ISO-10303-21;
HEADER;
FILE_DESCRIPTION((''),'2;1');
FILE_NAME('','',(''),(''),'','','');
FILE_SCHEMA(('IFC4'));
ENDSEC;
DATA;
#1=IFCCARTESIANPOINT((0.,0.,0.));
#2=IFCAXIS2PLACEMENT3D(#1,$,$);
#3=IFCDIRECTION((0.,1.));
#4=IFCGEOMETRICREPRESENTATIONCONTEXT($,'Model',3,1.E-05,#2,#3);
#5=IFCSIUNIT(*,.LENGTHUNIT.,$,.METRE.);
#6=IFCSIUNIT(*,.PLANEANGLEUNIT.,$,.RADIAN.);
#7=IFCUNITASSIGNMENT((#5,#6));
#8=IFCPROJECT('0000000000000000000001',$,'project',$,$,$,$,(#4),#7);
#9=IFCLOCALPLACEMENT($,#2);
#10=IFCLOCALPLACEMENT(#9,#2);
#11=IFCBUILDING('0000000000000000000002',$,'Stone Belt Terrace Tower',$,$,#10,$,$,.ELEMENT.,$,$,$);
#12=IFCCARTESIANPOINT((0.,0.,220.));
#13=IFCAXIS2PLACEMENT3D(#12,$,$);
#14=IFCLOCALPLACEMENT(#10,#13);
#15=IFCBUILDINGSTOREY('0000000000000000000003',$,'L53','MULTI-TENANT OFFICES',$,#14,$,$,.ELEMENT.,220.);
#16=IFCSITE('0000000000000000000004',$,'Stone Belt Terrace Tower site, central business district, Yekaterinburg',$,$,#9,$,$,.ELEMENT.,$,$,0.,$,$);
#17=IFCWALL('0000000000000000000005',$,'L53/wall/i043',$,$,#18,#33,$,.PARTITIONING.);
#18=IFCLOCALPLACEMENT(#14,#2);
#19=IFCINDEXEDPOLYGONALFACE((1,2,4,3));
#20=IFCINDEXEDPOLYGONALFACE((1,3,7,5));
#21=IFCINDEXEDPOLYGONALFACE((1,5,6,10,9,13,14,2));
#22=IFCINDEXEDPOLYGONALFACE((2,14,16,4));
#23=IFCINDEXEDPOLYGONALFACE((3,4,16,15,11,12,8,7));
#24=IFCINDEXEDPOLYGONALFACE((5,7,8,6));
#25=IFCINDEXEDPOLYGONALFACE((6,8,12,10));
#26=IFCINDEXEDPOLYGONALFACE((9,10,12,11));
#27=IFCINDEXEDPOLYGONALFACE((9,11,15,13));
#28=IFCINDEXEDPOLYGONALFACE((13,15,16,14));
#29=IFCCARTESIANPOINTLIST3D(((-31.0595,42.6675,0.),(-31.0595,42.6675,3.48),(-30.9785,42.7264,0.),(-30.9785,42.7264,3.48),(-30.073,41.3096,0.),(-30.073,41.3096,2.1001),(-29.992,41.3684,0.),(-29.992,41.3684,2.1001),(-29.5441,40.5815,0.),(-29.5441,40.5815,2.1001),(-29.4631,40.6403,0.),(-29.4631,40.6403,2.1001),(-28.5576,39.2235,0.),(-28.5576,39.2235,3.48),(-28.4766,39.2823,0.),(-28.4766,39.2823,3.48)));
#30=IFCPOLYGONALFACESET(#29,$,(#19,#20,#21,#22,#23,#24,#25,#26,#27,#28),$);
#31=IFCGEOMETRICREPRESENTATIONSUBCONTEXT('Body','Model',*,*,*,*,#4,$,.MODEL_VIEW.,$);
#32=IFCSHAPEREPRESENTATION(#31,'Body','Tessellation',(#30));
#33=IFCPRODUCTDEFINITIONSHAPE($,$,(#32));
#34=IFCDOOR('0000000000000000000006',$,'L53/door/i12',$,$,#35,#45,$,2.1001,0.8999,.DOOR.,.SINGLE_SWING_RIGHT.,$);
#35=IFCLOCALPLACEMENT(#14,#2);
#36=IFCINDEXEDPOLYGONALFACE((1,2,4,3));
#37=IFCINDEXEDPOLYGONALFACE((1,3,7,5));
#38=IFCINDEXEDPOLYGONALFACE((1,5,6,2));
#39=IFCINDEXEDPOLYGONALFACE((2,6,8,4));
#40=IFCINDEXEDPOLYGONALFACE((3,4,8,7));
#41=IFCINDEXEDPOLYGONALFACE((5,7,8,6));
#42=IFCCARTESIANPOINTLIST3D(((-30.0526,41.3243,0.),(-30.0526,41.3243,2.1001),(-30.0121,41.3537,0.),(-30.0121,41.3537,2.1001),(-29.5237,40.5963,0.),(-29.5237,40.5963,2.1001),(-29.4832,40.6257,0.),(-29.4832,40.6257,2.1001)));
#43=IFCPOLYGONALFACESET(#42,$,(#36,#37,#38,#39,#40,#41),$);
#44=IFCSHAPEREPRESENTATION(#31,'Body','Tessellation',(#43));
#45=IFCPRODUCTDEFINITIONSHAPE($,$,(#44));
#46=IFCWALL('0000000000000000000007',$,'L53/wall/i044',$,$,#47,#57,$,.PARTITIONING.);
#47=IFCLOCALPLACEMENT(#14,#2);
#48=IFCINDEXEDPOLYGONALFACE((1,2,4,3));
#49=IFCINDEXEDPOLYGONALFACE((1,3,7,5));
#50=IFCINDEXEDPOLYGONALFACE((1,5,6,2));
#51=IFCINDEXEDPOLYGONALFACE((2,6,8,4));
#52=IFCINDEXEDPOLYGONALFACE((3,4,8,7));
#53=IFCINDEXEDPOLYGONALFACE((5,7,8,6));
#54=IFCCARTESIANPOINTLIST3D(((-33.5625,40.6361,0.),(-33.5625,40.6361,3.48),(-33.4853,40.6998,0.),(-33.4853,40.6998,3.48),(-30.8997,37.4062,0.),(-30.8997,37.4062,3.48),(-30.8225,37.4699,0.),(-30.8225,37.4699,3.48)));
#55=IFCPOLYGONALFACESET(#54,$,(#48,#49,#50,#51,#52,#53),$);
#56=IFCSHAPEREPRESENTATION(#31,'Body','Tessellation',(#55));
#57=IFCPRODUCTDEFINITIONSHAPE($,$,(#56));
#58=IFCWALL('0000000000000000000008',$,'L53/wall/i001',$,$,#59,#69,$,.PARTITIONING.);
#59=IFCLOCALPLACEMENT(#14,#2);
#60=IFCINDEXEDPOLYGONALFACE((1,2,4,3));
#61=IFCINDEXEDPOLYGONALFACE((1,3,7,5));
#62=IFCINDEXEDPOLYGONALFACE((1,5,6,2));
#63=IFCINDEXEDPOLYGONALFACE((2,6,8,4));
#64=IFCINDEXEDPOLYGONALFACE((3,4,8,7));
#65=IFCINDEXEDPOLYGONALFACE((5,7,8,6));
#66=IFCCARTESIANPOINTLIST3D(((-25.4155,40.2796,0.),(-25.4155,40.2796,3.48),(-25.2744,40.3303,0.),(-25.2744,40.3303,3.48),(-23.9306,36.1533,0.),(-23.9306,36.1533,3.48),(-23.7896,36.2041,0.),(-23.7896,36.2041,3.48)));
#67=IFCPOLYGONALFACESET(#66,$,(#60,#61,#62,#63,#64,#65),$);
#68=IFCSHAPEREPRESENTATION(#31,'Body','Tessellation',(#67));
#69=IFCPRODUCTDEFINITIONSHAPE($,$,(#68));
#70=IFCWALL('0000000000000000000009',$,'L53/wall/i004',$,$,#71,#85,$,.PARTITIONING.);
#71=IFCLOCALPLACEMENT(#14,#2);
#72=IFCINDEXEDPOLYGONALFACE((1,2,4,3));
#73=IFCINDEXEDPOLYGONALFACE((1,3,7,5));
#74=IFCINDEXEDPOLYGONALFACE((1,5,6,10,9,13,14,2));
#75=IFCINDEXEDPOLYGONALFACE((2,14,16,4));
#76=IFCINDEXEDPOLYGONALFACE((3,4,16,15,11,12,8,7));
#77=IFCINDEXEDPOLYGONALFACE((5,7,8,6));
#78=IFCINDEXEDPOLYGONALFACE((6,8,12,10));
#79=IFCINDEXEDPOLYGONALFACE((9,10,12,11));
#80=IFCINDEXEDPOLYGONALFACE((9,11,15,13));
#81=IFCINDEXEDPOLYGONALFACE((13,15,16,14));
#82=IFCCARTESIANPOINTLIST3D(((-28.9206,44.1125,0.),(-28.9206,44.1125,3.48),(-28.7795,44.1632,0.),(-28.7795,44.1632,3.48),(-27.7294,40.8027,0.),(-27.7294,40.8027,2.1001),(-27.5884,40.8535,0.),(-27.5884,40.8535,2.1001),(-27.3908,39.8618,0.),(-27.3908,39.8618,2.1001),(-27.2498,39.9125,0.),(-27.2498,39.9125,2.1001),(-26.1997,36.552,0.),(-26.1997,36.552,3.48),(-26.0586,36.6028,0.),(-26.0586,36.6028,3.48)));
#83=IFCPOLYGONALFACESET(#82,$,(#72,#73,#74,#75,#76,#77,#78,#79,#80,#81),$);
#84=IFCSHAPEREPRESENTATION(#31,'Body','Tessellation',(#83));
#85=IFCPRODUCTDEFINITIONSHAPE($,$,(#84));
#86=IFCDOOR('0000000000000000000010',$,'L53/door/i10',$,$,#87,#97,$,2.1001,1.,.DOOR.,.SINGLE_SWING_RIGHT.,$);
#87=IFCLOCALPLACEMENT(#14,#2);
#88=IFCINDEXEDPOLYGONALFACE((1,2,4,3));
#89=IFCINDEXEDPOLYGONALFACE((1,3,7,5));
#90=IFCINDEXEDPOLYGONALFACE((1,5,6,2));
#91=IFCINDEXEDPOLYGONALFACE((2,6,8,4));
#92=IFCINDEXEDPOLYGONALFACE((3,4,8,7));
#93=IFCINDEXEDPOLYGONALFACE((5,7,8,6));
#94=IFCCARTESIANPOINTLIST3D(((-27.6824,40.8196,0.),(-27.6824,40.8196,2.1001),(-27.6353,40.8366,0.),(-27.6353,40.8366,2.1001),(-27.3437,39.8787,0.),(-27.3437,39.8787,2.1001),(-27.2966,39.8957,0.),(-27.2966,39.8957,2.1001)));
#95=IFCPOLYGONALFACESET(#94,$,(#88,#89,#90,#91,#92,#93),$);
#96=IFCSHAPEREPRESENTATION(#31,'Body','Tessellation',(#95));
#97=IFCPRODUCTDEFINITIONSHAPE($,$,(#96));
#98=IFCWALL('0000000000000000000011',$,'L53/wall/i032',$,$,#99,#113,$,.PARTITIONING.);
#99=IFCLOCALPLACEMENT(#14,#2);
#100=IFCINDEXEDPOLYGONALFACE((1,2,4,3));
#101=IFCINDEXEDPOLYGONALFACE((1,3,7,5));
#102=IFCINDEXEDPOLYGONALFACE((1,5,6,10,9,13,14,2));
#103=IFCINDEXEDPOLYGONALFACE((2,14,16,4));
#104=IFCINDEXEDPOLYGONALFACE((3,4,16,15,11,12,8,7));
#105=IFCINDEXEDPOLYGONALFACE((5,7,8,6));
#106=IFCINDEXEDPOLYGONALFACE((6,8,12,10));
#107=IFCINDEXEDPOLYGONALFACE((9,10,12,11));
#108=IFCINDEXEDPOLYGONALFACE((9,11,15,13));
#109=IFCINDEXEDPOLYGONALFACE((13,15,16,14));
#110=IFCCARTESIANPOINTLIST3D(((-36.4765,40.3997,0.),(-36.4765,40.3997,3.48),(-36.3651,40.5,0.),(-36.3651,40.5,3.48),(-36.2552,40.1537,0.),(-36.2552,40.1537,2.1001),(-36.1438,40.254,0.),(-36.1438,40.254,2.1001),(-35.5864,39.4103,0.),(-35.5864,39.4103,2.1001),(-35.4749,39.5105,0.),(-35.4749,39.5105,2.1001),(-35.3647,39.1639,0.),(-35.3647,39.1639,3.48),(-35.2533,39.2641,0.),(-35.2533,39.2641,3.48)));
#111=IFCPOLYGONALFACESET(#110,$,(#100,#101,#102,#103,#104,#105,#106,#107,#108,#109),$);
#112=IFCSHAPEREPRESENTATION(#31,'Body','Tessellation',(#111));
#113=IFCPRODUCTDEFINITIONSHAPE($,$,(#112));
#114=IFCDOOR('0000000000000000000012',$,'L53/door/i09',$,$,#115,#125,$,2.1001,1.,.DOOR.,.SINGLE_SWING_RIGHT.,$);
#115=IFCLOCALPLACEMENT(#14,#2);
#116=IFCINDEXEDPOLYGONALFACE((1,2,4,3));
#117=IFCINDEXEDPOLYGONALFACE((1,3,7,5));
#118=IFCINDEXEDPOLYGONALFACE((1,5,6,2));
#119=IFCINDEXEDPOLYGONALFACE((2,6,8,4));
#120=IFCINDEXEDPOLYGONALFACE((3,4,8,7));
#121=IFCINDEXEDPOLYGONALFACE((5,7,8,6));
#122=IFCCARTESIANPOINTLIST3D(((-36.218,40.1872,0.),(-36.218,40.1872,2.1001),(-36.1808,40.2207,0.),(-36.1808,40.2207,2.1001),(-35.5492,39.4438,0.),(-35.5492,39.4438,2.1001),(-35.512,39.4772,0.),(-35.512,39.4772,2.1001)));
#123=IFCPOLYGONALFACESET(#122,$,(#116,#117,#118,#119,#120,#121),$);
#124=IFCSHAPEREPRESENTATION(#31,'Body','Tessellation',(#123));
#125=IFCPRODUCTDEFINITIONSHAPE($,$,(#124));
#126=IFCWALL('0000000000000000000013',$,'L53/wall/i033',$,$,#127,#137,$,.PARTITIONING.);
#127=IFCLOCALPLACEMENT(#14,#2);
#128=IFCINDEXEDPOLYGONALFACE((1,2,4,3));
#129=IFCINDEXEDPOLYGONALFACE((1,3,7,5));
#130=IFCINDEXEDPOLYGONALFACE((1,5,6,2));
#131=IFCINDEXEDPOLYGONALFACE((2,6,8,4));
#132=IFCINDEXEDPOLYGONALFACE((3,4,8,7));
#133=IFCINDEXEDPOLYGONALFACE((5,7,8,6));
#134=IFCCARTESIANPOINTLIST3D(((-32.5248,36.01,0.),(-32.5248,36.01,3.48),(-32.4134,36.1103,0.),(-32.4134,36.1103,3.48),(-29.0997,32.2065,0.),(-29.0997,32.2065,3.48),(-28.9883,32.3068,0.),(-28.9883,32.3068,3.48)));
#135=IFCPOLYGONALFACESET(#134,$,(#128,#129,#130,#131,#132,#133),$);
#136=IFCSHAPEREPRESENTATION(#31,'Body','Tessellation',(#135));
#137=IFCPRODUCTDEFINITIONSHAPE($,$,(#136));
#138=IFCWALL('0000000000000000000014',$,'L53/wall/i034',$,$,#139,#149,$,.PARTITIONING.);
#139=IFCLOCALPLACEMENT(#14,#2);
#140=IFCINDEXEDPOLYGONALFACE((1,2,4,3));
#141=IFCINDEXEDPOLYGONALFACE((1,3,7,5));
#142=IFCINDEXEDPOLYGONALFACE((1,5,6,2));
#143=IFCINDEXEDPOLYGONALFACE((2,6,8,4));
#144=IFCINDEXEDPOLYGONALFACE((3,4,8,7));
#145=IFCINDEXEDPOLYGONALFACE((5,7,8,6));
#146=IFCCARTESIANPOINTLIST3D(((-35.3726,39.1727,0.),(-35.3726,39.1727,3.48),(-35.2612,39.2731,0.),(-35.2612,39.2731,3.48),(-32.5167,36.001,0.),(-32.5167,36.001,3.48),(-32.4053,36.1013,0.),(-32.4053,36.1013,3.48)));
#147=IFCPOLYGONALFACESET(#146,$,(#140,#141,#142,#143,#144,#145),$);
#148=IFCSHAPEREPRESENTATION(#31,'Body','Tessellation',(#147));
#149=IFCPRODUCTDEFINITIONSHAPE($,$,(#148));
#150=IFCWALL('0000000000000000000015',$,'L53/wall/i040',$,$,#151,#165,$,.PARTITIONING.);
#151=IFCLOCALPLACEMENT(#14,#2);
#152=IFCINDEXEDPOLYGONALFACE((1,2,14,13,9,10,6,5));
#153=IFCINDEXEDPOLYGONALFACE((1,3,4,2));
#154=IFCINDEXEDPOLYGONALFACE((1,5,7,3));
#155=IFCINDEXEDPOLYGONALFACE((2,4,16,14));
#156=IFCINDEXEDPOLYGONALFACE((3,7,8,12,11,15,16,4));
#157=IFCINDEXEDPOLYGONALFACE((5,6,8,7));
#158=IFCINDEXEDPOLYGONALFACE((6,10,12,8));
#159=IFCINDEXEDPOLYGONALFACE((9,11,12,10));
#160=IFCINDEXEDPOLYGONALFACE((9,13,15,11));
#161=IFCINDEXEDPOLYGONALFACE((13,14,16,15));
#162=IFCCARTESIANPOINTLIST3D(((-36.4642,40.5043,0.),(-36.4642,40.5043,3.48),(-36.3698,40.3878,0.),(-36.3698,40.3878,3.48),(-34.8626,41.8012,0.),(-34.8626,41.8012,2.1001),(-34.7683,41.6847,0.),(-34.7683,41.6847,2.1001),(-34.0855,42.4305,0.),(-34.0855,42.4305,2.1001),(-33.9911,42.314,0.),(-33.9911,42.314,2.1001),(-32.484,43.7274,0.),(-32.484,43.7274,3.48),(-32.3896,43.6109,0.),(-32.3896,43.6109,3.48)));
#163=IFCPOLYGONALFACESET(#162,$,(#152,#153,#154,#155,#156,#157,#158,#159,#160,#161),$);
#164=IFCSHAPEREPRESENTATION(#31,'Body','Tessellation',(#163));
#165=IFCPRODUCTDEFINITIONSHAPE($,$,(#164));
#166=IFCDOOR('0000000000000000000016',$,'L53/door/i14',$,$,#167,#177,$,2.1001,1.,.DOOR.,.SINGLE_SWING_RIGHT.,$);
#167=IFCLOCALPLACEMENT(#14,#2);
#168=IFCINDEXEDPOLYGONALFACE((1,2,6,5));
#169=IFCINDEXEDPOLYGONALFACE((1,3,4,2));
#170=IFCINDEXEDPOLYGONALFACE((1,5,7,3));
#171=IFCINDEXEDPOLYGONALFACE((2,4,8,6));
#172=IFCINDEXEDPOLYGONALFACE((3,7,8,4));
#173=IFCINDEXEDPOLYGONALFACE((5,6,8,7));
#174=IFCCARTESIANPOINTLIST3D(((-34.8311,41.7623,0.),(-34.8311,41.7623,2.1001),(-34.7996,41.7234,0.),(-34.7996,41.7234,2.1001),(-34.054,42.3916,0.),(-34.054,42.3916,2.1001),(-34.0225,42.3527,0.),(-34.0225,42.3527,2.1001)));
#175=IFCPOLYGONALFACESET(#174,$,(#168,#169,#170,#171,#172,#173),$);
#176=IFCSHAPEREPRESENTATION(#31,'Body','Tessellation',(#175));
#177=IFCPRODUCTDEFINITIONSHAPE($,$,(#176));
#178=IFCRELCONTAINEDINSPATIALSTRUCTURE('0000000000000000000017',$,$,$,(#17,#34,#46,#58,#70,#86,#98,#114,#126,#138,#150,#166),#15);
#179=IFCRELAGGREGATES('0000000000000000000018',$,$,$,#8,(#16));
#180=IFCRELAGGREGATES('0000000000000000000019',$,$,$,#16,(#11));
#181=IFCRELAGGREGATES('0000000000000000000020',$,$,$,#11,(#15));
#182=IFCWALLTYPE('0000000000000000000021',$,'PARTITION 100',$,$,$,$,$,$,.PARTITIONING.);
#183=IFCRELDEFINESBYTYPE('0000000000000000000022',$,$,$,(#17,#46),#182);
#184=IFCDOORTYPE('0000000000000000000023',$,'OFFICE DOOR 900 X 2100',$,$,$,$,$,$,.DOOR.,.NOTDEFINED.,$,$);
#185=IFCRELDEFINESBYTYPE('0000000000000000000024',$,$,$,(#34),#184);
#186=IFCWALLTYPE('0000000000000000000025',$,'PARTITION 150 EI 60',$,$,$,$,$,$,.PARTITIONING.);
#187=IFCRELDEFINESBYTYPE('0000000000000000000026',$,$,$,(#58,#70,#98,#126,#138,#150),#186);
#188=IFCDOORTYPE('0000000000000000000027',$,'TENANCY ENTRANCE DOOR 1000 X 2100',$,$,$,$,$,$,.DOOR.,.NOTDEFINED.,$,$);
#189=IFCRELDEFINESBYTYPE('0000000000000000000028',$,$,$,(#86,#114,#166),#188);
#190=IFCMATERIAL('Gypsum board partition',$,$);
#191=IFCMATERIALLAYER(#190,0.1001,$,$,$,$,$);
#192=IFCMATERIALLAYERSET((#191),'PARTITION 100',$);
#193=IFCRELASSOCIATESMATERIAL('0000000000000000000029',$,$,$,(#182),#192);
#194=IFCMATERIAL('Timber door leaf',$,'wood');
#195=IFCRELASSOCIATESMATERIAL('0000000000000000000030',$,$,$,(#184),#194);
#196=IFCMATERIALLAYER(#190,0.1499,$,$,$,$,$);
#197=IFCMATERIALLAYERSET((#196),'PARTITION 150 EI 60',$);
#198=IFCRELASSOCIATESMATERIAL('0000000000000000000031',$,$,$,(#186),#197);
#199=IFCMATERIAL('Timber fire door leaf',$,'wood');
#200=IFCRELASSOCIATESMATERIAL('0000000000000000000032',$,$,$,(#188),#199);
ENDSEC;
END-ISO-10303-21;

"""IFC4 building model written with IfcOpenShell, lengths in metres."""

from ifc_helpers import new_model, si_unit, direction, frame, frame_2d, origin, place, context, subcontext, project, spatial, rectangle, extrude, material, layer, layer_set, type_object, element, fill, save


model = new_model("IFC4")

# Units and contexts
model_context = context("Model", 3, precision=1e-05, world=origin(), true_north=direction((0.0, 1.0)))
body_context = subcontext(model_context, "Body", "Model", "MODEL_VIEW")
ifc_project = project(units=[si_unit("LENGTHUNIT", "METRE"), si_unit("PLANEANGLEUNIT", "RADIAN")], contexts=[model_context])

# Site, building, storey
site_placement = place(None, origin())
site = spatial("IfcSite", under=ifc_project, at=site_placement, Name="Stone Belt Terrace Tower site, central business district, Yekaterinburg", CompositionType="ELEMENT", RefElevation=0.0)
building_placement = place(site_placement, origin())
building = spatial("IfcBuilding", under=site, at=building_placement, Name="Stone Belt Terrace Tower", CompositionType="ELEMENT")
storey_placement = place(building_placement, frame((0.0, 0.0, 220.0)))
storey = spatial("IfcBuildingStorey", under=building, at=storey_placement, Name="L53", Description="MULTI-TENANT OFFICES", CompositionType="ELEMENT", Elevation=220.0)

# Shared definitions
ifc_material_1 = material(Name="Gypsum board partition")
ifc_layer_1 = layer(ifc_material_1, 0.1001)
ifc_layer_set_1 = layer_set([ifc_layer_1], Name="PARTITION 100")
wall_type_1 = type_object("IfcWallType", Name="PARTITION 100", PredefinedType="PARTITIONING", material=ifc_layer_set_1)
ifc_material_2 = material(Name="Timber door leaf", Category="wood")
door_type_1 = type_object("IfcDoorType", Name="OFFICE DOOR 900 X 2100", OperationType="NOTDEFINED", PredefinedType="DOOR", material=ifc_material_2)

# Wall, opening, door
wall_1_placement = place(storey_placement, frame((-28.5171, 39.2529, 0.0), z_axis=(0.0, 0.0, 1.0), x_axis=(-0.587735, 0.809053, 0.0)))
wall_1 = element("IfcWall", 1, at=wall_1_placement, inside=storey, type_object=wall_type_1, Name="L53/wall/i043", PredefinedType="PARTITIONING", context=body_context, shape_type="SweptSolid", body=[
    extrude(rectangle(XDim=4.2568, YDim=0.1001, at=frame_2d((2.1284, 0.0))), origin(), (0.0, 0.0, 1.0), 3.48),
])
opening_1_placement = place(wall_1_placement, frame((1.6785, 0.0, 0.0)))
opening_1 = element("IfcOpeningElement", 2, at=opening_1_placement, cuts=wall_1, PredefinedType="OPENING", context=body_context, shape_type="SweptSolid", body=[
    extrude(rectangle(XDim=0.8999, YDim=2.1001, at=frame_2d((0.45, 1.05))), frame((0.0, 0.0601, 0.0), z_axis=(0.0, -1.0, 0.0), x_axis=(1.0, 0.0, 0.0)), (0.0, 0.0, 1.0), 0.1201),
])
door_1_placement = place(opening_1_placement, origin())
door_1 = element("IfcDoor", 3, at=door_1_placement, inside=storey, type_object=door_type_1, Name="L53/door/i12", OperationType="SINGLE_SWING_RIGHT", OverallHeight=2.1001, OverallWidth=0.8999, PredefinedType="DOOR", context=body_context, shape_type="SweptSolid", body=[
    extrude(rectangle(XDim=0.8999, YDim=2.1001, at=frame_2d((0.45, 1.05))), frame((0.0, 0.0249, 0.0), z_axis=(0.0, -1.0, 0.0), x_axis=(1.0, 0.0, 0.0)), (0.0, 0.0, 1.0), 0.05),
])
fill(opening_1, door_1)

# Walls
wall_2_placement = place(storey_placement, frame((-33.5239, 40.668, 0.0), z_axis=(0.0, 0.0, 1.0), x_axis=(0.636114, -0.771595, 0.0)))
element("IfcWall", 4, at=wall_2_placement, inside=storey, type_object=wall_type_1, Name="L53/wall/i044", PredefinedType="PARTITIONING", context=body_context, shape_type="SweptSolid", body=[
    extrude(rectangle(XDim=4.186, YDim=0.1001, at=frame_2d((2.093, 0.0))), origin(), (0.0, 0.0, 1.0), 3.48),
])
ifc_layer_2 = layer(ifc_material_1, 0.1499)
ifc_layer_set_2 = layer_set([ifc_layer_2], Name="PARTITION 150 EI 60")
wall_type_2 = type_object("IfcWallType", Name="PARTITION 150 EI 60", PredefinedType="PARTITIONING", material=ifc_layer_set_2)
wall_3_placement = place(storey_placement, frame((-25.345, 40.3049, 0.0), z_axis=(0.0, 0.0, 1.0), x_axis=(0.338603, -0.940929, 0.0)))
element("IfcWall", 5, at=wall_3_placement, inside=storey, type_object=wall_type_2, Name="L53/wall/i001", PredefinedType="PARTITIONING", context=body_context, shape_type="SweptSolid", body=[
    extrude(rectangle(XDim=4.3853, YDim=0.1499, at=frame_2d((2.1926, 0.0))), origin(), (0.0, 0.0, 1.0), 3.48),
])

# Walls, openings, doors
wall_4_placement = place(storey_placement, frame((-26.1292, 36.5774, 0.0), z_axis=(0.0, 0.0, 1.0), x_axis=(-0.338626, 0.940921, 0.0)))
wall_4 = element("IfcWall", 6, at=wall_4_placement, inside=storey, type_object=wall_type_2, Name="L53/wall/i004", PredefinedType="PARTITIONING", context=body_context, shape_type="SweptSolid", body=[
    extrude(rectangle(XDim=8.0352, YDim=0.1499, at=frame_2d((4.0176, 0.0))), origin(), (0.0, 0.0, 1.0), 3.48),
])
opening_2_placement = place(wall_4_placement, frame((3.5176, 0.0, 0.0)))
opening_2 = element("IfcOpeningElement", 7, at=opening_2_placement, cuts=wall_4, PredefinedType="OPENING", context=body_context, shape_type="SweptSolid", body=[
    extrude(rectangle(XDim=1.0, YDim=2.1001, at=frame_2d((0.5, 1.05))), frame((0.0, 0.085, 0.0), z_axis=(0.0, -1.0, 0.0), x_axis=(1.0, 0.0, 0.0)), (0.0, 0.0, 1.0), 0.1699),
])
ifc_material_3 = material(Name="Timber fire door leaf", Category="wood")
door_type_2 = type_object("IfcDoorType", Name="TENANCY ENTRANCE DOOR 1000 X 2100", OperationType="NOTDEFINED", PredefinedType="DOOR", material=ifc_material_3)
door_2_placement = place(opening_2_placement, origin())
door_2 = element("IfcDoor", 8, at=door_2_placement, inside=storey, type_object=door_type_2, Name="L53/door/i10", OperationType="SINGLE_SWING_RIGHT", OverallHeight=2.1001, OverallWidth=1.0, PredefinedType="DOOR", context=body_context, shape_type="SweptSolid", body=[
    extrude(rectangle(XDim=1.0, YDim=2.1001, at=frame_2d((0.5, 1.05))), frame((0.0, 0.0249, 0.0), z_axis=(0.0, -1.0, 0.0), x_axis=(1.0, 0.0, 0.0)), (0.0, 0.0, 1.0), 0.05),
])
fill(opening_2, door_2)
wall_5_placement = place(storey_placement, frame((-35.3091, 39.2141, 0.0), z_axis=(0.0, 0.0, 1.0), x_axis=(-0.668819, 0.743426, 0.0)))
wall_5 = element("IfcWall", 9, at=wall_5_placement, inside=storey, type_object=wall_type_2, Name="L53/wall/i032", PredefinedType="PARTITIONING", context=body_context, shape_type="SweptSolid", body=[
    extrude(rectangle(XDim=1.6624, YDim=0.1499, at=frame_2d((0.8311, 0.0))), origin(), (0.0, 0.0, 1.0), 3.48),
])
opening_3_placement = place(wall_5_placement, frame((0.3313, 0.0, 0.0)))
opening_3 = element("IfcOpeningElement", 10, at=opening_3_placement, cuts=wall_5, PredefinedType="OPENING", context=body_context, shape_type="SweptSolid", body=[
    extrude(rectangle(XDim=1.0, YDim=2.1001, at=frame_2d((0.5, 1.05))), frame((0.0, 0.085, 0.0), z_axis=(0.0, -1.0, 0.0), x_axis=(1.0, 0.0, 0.0)), (0.0, 0.0, 1.0), 0.1699),
])
door_3_placement = place(opening_3_placement, origin())
door_3 = element("IfcDoor", 11, at=door_3_placement, inside=storey, type_object=door_type_2, Name="L53/door/i09", OperationType="SINGLE_SWING_RIGHT", OverallHeight=2.1001, OverallWidth=1.0, PredefinedType="DOOR", context=body_context, shape_type="SweptSolid", body=[
    extrude(rectangle(XDim=1.0, YDim=2.1001, at=frame_2d((0.5, 1.05))), frame((0.0, 0.0249, 0.0), z_axis=(0.0, -1.0, 0.0), x_axis=(1.0, 0.0, 0.0)), (0.0, 0.0, 1.0), 0.05),
])
fill(opening_3, door_3)

# Walls
wall_6_placement = place(storey_placement, frame((-32.469, 36.0601, 0.0), z_axis=(0.0, 0.0, 1.0), x_axis=(0.669173, -0.743107, 0.0)))
element("IfcWall", 12, at=wall_6_placement, inside=storey, type_object=wall_type_2, Name="L53/wall/i033", PredefinedType="PARTITIONING", context=body_context, shape_type="SweptSolid", body=[
    extrude(rectangle(XDim=5.1184, YDim=0.1499, at=frame_2d((2.5591, 0.0))), origin(), (0.0, 0.0, 1.0), 3.48),
])
wall_7_placement = place(storey_placement, frame((-35.3169, 39.2229, 0.0), z_axis=(0.0, 0.0, 1.0), x_axis=(0.669129, -0.743146, 0.0)))
element("IfcWall", 13, at=wall_7_placement, inside=storey, type_object=wall_type_2, Name="L53/wall/i034", PredefinedType="PARTITIONING", context=body_context, shape_type="SweptSolid", body=[
    extrude(rectangle(XDim=4.2681, YDim=0.1499, at=frame_2d((2.134, 0.0))), origin(), (0.0, 0.0, 1.0), 3.48),
])

# Wall, opening, door
wall_8_placement = place(storey_placement, frame((-36.417, 40.446, 0.0), z_axis=(0.0, 0.0, 1.0), x_axis=(0.777144, 0.629323, 0.0)))
wall_8 = element("IfcWall", 14, at=wall_8_placement, inside=storey, type_object=wall_type_2, Name="L53/wall/i040", PredefinedType="PARTITIONING", context=body_context, shape_type="SweptSolid", body=[
    extrude(rectangle(XDim=5.1216, YDim=0.1499, at=frame_2d((2.5608, 0.0))), origin(), (0.0, 0.0, 1.0), 3.48),
])
opening_4_placement = place(wall_8_placement, frame((2.0608, 0.0, 0.0)))
opening_4 = element("IfcOpeningElement", 15, at=opening_4_placement, cuts=wall_8, PredefinedType="OPENING", context=body_context, shape_type="SweptSolid", body=[
    extrude(rectangle(XDim=1.0, YDim=2.1001, at=frame_2d((0.5, 1.05))), frame((0.0, 0.085, 0.0), z_axis=(0.0, -1.0, 0.0), x_axis=(1.0, 0.0, 0.0)), (0.0, 0.0, 1.0), 0.1699),
])
door_4_placement = place(opening_4_placement, origin())
door_4 = element("IfcDoor", 16, at=door_4_placement, inside=storey, type_object=door_type_2, Name="L53/door/i14", OperationType="SINGLE_SWING_RIGHT", OverallHeight=2.1001, OverallWidth=1.0, PredefinedType="DOOR", context=body_context, shape_type="SweptSolid", body=[
    extrude(rectangle(XDim=1.0, YDim=2.1001, at=frame_2d((0.5, 1.05))), frame((0.0, 0.0249, 0.0), z_axis=(0.0, -1.0, 0.0), x_axis=(1.0, 0.0, 0.0)), (0.0, 0.0, 1.0), 0.05),
])
fill(opening_4, door_4)

save(model, "model.ifc")
